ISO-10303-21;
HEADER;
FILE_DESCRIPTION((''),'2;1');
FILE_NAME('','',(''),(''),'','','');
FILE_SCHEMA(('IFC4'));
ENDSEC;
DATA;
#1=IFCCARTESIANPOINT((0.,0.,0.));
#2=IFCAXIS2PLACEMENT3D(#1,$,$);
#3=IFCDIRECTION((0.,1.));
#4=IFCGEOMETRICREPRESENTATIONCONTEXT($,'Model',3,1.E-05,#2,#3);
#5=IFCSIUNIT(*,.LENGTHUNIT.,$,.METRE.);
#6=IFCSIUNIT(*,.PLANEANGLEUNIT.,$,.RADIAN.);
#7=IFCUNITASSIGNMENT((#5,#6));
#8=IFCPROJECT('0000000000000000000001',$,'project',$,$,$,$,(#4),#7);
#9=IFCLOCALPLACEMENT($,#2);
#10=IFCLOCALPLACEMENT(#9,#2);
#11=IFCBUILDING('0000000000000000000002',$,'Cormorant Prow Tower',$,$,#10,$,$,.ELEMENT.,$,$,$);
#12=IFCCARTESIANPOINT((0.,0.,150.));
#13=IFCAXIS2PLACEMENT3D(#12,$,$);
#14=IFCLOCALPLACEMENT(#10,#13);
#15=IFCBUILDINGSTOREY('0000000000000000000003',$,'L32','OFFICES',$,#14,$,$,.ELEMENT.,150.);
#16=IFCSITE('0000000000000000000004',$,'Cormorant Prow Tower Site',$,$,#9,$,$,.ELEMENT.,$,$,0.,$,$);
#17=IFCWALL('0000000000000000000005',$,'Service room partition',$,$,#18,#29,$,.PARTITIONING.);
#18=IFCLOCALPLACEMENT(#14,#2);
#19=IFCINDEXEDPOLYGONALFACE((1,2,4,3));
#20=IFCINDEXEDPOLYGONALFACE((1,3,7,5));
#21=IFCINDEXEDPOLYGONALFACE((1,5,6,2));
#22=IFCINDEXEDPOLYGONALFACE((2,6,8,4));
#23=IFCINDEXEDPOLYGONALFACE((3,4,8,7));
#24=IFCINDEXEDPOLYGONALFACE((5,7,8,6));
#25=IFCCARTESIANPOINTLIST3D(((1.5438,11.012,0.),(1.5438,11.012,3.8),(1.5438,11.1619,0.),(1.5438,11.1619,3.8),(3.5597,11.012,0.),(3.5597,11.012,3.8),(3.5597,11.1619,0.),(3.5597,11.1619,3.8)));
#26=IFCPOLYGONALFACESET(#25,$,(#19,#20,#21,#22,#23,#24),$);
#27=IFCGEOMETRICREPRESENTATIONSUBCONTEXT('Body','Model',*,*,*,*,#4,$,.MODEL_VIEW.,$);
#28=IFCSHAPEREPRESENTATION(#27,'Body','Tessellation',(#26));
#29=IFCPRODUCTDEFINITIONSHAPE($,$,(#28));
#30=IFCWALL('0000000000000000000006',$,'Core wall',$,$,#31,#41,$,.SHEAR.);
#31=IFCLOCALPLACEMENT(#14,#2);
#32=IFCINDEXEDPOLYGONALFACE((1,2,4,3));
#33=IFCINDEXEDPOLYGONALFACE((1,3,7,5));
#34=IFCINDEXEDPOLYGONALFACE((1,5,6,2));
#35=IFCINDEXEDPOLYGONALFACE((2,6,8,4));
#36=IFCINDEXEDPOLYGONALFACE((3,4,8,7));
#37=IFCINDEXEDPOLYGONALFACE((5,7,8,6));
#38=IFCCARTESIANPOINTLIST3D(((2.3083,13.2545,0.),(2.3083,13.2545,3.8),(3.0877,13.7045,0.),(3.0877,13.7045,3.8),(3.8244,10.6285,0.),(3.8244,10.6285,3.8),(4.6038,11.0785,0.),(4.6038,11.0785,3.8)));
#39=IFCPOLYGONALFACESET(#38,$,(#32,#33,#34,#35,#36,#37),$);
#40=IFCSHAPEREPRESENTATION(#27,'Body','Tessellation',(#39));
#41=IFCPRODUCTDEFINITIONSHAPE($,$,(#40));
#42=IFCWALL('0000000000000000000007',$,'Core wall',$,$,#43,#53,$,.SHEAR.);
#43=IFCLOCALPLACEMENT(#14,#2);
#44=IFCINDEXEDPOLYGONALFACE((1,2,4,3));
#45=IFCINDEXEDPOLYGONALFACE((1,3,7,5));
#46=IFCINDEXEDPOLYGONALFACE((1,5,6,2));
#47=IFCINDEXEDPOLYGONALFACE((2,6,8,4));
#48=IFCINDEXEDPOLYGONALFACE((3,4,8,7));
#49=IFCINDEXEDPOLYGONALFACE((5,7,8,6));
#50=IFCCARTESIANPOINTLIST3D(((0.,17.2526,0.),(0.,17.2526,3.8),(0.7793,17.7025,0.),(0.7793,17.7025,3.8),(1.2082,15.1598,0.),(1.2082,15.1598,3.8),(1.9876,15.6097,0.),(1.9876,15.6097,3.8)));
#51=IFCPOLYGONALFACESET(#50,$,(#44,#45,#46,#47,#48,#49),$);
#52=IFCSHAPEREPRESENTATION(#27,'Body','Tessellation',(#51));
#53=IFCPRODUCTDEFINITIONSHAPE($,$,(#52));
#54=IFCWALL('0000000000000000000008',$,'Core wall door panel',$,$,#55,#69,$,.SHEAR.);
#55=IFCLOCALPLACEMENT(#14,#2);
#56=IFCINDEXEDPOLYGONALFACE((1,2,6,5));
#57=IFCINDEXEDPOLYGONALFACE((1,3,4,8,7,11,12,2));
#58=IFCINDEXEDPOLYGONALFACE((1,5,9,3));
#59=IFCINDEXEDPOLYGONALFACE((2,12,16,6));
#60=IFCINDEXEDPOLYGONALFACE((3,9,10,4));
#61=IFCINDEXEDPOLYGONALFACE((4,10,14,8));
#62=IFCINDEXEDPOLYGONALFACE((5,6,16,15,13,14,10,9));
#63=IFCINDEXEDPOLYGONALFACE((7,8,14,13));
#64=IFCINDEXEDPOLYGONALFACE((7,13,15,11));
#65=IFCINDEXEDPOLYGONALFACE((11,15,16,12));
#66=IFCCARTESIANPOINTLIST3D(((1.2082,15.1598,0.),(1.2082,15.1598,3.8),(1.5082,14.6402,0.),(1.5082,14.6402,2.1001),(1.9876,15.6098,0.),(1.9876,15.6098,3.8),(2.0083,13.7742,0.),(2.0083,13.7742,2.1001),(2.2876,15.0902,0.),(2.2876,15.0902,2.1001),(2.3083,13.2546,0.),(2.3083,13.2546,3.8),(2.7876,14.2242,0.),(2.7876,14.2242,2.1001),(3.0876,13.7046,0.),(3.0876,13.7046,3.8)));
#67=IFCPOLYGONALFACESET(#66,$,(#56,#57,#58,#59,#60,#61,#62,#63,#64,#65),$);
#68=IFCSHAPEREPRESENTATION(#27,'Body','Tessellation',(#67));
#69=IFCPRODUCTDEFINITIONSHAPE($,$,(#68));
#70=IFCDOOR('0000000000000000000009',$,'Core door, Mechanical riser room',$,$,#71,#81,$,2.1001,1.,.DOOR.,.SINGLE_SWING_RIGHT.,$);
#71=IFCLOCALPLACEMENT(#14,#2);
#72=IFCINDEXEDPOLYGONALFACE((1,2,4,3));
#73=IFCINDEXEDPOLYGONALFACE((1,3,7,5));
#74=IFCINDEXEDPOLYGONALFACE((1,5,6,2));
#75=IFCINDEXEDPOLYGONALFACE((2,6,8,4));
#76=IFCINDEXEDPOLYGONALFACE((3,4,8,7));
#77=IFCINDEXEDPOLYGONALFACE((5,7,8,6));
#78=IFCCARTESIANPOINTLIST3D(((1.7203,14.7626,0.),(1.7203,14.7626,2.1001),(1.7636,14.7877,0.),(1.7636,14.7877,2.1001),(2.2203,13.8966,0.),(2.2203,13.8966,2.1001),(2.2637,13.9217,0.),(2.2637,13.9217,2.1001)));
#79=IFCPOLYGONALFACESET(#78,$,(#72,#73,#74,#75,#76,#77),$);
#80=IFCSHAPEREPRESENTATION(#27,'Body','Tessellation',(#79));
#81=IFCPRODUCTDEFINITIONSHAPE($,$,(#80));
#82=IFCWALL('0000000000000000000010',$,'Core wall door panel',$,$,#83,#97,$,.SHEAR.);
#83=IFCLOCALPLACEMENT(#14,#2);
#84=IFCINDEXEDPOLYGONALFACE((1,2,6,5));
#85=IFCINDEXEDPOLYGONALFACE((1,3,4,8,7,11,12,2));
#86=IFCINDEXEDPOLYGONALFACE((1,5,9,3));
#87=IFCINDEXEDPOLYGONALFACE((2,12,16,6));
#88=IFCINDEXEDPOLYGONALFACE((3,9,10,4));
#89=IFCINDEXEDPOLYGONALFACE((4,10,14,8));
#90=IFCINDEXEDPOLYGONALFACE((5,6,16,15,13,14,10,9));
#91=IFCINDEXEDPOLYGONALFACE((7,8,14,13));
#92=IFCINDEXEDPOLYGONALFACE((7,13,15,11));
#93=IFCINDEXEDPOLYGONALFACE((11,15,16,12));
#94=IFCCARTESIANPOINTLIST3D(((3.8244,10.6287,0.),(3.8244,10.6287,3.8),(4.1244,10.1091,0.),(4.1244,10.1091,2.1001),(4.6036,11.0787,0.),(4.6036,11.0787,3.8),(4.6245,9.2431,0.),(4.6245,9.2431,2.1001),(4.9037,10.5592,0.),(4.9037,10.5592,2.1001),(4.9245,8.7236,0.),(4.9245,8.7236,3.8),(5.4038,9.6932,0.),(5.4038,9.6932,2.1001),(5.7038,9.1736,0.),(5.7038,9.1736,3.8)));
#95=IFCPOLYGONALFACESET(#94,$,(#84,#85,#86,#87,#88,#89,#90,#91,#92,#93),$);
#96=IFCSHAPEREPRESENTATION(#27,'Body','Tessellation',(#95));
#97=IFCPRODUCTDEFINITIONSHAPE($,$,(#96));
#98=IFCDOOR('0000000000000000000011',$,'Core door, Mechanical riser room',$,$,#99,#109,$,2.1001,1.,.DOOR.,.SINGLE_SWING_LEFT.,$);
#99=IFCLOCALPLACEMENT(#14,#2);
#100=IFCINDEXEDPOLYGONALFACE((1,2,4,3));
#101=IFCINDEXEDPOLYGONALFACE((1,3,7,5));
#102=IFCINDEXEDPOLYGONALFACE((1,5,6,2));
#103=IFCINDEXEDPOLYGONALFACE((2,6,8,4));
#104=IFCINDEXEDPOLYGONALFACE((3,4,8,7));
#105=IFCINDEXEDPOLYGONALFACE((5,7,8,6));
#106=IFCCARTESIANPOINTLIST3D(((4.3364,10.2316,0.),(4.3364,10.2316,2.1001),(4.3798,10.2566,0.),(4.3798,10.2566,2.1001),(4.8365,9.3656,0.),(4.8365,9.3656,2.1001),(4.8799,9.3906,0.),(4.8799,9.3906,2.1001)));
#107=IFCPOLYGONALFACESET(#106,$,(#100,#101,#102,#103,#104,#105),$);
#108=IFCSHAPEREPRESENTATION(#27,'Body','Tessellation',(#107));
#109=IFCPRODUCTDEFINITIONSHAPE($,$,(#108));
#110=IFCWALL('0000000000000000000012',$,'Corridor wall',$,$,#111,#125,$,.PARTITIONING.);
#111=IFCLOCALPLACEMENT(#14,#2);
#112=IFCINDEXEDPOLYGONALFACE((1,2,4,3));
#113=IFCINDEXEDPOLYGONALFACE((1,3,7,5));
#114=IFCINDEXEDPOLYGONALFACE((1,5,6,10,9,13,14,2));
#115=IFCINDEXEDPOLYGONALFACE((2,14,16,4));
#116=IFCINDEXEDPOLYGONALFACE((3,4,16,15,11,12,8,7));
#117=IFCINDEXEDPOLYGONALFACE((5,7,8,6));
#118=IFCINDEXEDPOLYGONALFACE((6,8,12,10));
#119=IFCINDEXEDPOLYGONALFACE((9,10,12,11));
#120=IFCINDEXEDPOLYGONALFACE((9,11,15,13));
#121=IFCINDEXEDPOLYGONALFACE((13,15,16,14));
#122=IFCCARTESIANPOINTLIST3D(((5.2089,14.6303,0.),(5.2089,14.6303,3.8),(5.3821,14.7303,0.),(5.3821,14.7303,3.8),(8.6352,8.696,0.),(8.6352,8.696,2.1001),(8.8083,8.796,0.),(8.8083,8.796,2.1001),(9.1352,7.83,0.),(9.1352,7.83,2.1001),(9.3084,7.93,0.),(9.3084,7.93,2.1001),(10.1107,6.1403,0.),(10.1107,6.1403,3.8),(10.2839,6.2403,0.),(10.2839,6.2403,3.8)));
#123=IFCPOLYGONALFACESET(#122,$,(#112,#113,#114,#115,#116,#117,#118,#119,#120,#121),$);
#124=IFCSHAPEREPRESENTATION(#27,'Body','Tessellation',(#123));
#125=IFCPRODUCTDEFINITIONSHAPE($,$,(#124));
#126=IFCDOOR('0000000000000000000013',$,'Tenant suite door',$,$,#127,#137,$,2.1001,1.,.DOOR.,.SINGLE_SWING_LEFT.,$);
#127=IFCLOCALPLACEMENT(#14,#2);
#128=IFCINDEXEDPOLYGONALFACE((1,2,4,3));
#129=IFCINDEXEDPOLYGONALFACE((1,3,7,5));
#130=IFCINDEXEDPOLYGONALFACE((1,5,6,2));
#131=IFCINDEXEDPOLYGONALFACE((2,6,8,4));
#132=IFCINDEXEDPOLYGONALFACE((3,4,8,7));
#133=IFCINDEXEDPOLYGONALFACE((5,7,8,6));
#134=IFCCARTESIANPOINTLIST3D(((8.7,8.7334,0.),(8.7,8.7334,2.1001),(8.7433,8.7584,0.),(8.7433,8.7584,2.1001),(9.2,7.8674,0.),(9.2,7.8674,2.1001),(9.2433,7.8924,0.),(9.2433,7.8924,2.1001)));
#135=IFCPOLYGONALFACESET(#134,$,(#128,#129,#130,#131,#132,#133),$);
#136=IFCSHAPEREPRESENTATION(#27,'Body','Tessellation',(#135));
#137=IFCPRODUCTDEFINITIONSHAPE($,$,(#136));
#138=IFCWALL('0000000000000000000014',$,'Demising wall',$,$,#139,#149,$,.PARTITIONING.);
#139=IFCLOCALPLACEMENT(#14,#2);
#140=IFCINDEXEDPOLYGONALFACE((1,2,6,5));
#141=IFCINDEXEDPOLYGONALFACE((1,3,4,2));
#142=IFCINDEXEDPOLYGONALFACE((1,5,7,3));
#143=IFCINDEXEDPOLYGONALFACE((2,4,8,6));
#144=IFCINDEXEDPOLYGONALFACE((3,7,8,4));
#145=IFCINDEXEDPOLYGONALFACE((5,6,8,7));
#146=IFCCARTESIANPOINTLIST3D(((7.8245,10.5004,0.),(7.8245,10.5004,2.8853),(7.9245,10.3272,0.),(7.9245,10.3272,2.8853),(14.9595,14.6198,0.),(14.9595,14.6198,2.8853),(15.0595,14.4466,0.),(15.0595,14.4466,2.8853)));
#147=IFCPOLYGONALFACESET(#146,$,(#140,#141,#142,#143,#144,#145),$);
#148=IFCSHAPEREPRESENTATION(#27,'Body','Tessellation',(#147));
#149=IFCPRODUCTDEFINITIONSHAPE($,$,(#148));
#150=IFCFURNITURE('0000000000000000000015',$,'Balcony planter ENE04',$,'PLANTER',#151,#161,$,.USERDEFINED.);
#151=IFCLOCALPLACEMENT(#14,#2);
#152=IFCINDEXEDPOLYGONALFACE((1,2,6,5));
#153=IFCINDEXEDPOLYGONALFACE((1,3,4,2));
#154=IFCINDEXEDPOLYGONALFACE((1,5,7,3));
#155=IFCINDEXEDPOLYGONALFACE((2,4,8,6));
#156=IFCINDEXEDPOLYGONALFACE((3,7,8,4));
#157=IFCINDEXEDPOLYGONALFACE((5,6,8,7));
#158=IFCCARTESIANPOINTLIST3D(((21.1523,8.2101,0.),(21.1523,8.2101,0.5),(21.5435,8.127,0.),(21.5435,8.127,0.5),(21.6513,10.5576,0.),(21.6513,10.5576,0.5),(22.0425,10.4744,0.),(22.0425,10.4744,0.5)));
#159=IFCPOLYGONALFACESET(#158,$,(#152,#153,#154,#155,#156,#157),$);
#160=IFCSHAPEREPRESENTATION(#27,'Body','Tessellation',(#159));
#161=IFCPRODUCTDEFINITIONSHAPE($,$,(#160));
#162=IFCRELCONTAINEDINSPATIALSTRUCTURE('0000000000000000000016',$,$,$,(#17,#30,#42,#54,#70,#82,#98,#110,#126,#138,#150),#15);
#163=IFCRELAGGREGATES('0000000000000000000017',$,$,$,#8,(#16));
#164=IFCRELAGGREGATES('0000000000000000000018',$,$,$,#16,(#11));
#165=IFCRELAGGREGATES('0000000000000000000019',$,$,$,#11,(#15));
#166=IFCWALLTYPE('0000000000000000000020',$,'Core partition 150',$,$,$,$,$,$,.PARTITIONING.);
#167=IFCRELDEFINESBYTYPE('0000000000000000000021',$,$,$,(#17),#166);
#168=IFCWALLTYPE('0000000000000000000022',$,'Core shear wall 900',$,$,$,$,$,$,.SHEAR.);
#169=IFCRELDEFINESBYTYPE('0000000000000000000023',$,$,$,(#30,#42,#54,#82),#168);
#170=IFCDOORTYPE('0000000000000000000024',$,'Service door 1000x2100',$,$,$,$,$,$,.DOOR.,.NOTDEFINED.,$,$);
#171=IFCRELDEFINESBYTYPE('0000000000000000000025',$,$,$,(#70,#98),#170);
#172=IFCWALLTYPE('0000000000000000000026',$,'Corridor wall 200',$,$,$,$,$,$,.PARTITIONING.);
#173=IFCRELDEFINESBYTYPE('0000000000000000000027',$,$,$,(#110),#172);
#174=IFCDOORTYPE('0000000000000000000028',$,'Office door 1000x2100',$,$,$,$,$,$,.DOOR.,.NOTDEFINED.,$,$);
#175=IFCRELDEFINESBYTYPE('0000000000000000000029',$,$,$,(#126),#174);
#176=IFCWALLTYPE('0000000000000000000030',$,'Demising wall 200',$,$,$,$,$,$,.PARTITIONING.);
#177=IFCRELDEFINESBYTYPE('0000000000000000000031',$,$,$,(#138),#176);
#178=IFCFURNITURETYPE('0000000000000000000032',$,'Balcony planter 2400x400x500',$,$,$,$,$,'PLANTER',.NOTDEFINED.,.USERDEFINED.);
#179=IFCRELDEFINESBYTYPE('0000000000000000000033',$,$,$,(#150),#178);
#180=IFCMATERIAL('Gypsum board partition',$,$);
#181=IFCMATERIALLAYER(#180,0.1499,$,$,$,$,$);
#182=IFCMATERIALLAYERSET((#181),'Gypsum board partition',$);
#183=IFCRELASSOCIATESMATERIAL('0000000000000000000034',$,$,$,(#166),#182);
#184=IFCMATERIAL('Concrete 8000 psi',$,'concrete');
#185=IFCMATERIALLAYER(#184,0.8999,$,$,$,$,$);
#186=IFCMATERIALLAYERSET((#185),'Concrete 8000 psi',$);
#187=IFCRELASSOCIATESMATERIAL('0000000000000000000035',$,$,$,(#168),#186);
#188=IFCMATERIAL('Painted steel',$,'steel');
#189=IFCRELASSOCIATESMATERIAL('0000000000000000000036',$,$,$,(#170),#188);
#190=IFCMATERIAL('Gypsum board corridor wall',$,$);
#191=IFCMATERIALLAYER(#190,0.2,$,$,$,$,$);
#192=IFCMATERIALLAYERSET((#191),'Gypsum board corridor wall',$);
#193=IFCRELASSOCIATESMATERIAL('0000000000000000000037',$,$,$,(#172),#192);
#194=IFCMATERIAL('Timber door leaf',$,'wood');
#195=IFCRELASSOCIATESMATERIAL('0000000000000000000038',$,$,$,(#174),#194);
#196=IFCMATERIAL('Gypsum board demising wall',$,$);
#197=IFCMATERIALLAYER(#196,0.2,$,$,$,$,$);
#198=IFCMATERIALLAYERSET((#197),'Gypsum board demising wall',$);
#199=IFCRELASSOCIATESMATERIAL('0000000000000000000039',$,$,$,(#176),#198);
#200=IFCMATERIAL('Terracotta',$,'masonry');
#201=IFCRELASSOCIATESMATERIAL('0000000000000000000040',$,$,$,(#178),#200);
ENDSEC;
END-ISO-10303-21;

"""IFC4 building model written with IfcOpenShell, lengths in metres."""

from ifc_helpers import new_model, si_unit, direction, frame, frame_2d, origin, origin_2d, place, context, subcontext, project, spatial, rectangle, extrude, material, layer, layer_set, type_object, element, fill, save


model = new_model("IFC4")

# Units and contexts
model_context = context("Model", 3, precision=1e-05, world=origin(), true_north=direction((0.0, 1.0)))
body_context = subcontext(model_context, "Body", "Model", "MODEL_VIEW")
ifc_project = project(units=[si_unit("LENGTHUNIT", "METRE"), si_unit("PLANEANGLEUNIT", "RADIAN")], contexts=[model_context])

# Site, building, storey
site_placement = place(None, origin())
site = spatial("IfcSite", under=ifc_project, at=site_placement, Name="Cormorant Prow Tower Site", CompositionType="ELEMENT", RefElevation=0.0)
building_placement = place(site_placement, origin())
building = spatial("IfcBuilding", under=site, at=building_placement, Name="Cormorant Prow Tower", CompositionType="ELEMENT")
storey_placement = place(building_placement, frame((0.0, 0.0, 150.0)))
storey = spatial("IfcBuildingStorey", under=building, at=storey_placement, Name="L32", Description="OFFICES", CompositionType="ELEMENT", Elevation=150.0)

# Walls
ifc_material_1 = material(Name="Gypsum board partition")
ifc_layer_1 = layer(ifc_material_1, 0.1499)
ifc_layer_set_1 = layer_set([ifc_layer_1], Name="Gypsum board partition")
wall_type_1 = type_object("IfcWallType", Name="Core partition 150", PredefinedType="PARTITIONING", material=ifc_layer_set_1)
wall_1_placement = place(storey_placement, frame((1.5439, 11.0869, 0.0), z_axis=(0.0, 0.0, 1.0), x_axis=(1.0, 0.0, 0.0)))
element("IfcWall", 1, at=wall_1_placement, inside=storey, type_object=wall_type_1, Name="Service room partition", PredefinedType="PARTITIONING", context=body_context, shape_type="SweptSolid", body=[
    extrude(rectangle(XDim=2.0159, YDim=0.1499, at=frame_2d((1.0078, 0.0))), origin(), (0.0, 0.0, 1.0), 3.8),
])
ifc_material_2 = material(Name="Concrete 8000 psi", Category="concrete")
ifc_layer_2 = layer(ifc_material_2, 0.8999)
ifc_layer_set_2 = layer_set([ifc_layer_2], Name="Concrete 8000 psi")
wall_type_2 = type_object("IfcWallType", Name="Core shear wall 900", PredefinedType="SHEAR", material=ifc_layer_set_2)
wall_2_placement = place(storey_placement, frame((4.2141, 10.8535, 0.0), z_axis=(0.0, 0.0, 1.0), x_axis=(-0.500001, 0.866025, 0.0)))
element("IfcWall", 2, at=wall_2_placement, inside=storey, type_object=wall_type_2, Name="Core wall", PredefinedType="SHEAR", context=body_context, shape_type="SweptSolid", body=[
    extrude(rectangle(XDim=3.0322, YDim=0.8999, at=frame_2d((1.5161, 0.0))), origin(), (0.0, 0.0, 1.0), 3.8),
])
wall_3_placement = place(storey_placement, frame((1.5979, 15.3848, 0.0), z_axis=(0.0, 0.0, 1.0), x_axis=(-0.499996, 0.866027, 0.0)))
element("IfcWall", 3, at=wall_3_placement, inside=storey, type_object=wall_type_2, Name="Core wall", PredefinedType="SHEAR", context=body_context, shape_type="SweptSolid", body=[
    extrude(rectangle(XDim=2.4165, YDim=0.8999, at=frame_2d((1.2083, 0.0))), origin(), (0.0, 0.0, 1.0), 3.8),
])

# Walls, openings, doors
wall_4_placement = place(storey_placement, frame((2.698, 13.4795, 0.0), z_axis=(0.0, 0.0, 1.0), x_axis=(-0.50003, 0.866008, 0.0)))
wall_4 = element("IfcWall", 4, at=wall_4_placement, inside=storey, type_object=wall_type_2, Name="Core wall door panel", PredefinedType="SHEAR", context=body_context, shape_type="SweptSolid", body=[
    extrude(rectangle(XDim=2.2, YDim=0.8999, at=frame_2d((1.1001, 0.0))), origin(), (0.0, 0.0, 1.0), 3.8),
])
opening_1_placement = place(wall_4_placement, frame((0.6001, 0.0, 0.0)))
opening_1 = element("IfcOpeningElement", 5, at=opening_1_placement, cuts=wall_4, PredefinedType="OPENING", context=body_context, shape_type="SweptSolid", body=[
    extrude(rectangle(XDim=1.0, YDim=2.1001, at=frame_2d((0.5, 1.05))), frame((0.0, 0.46, 0.0), z_axis=(0.0, -1.0, 0.0), x_axis=(1.0, 0.0, 0.0)), (0.0, 0.0, 1.0), 0.9199),
])
ifc_material_3 = material(Name="Painted steel", Category="steel")
door_type_1 = type_object("IfcDoorType", Name="Service door 1000x2100", OperationType="NOTDEFINED", PredefinedType="DOOR", material=ifc_material_3)
door_1_placement = place(opening_1_placement, origin())
door_1 = element("IfcDoor", 6, at=door_1_placement, inside=storey, type_object=door_type_1, Name="Core door, Mechanical riser room", OperationType="SINGLE_SWING_RIGHT", OverallHeight=2.1001, OverallWidth=1.0, PredefinedType="DOOR", context=body_context, shape_type="SweptSolid", body=[
    extrude(rectangle(XDim=1.0, YDim=2.1001, at=frame_2d((0.5, 1.05))), frame((0.0, 0.2051, 0.0), z_axis=(0.0, -1.0, 0.0), x_axis=(1.0, 0.0, 0.0)), (0.0, 0.0, 1.0), 0.05),
])
fill(opening_1, door_1)
wall_5_placement = place(storey_placement, frame((5.3142, 8.9485, 0.0), z_axis=(0.0, 0.0, 1.0), x_axis=(-0.500078, 0.86598, 0.0)))
wall_5 = element("IfcWall", 7, at=wall_5_placement, inside=storey, type_object=wall_type_2, Name="Core wall door panel", PredefinedType="SHEAR", context=body_context, shape_type="SweptSolid", body=[
    extrude(rectangle(XDim=2.2, YDim=0.8999, at=frame_2d((1.1001, 0.0))), origin(), (0.0, 0.0, 1.0), 3.8),
])
opening_2_placement = place(wall_5_placement, frame((0.6001, 0.0, 0.0)))
opening_2 = element("IfcOpeningElement", 8, at=opening_2_placement, cuts=wall_5, PredefinedType="OPENING", context=body_context, shape_type="SweptSolid", body=[
    extrude(rectangle(XDim=1.0, YDim=2.1001, at=frame_2d((0.5, 1.05))), frame((0.0, 0.46, 0.0), z_axis=(0.0, -1.0, 0.0), x_axis=(1.0, 0.0, 0.0)), (0.0, 0.0, 1.0), 0.9199),
])
door_2_placement = place(opening_2_placement, origin())
door_2 = element("IfcDoor", 9, at=door_2_placement, inside=storey, type_object=door_type_1, Name="Core door, Mechanical riser room", OperationType="SINGLE_SWING_LEFT", OverallHeight=2.1001, OverallWidth=1.0, PredefinedType="DOOR", context=body_context, shape_type="SweptSolid", body=[
    extrude(rectangle(XDim=1.0, YDim=2.1001, at=frame_2d((0.5, 1.05))), frame((0.0, 0.2051, 0.0), z_axis=(0.0, -1.0, 0.0), x_axis=(1.0, 0.0, 0.0)), (0.0, 0.0, 1.0), 0.05),
])
fill(opening_2, door_2)
ifc_material_4 = material(Name="Gypsum board corridor wall")
ifc_layer_3 = layer(ifc_material_4, 0.2)
ifc_layer_set_3 = layer_set([ifc_layer_3], Name="Gypsum board corridor wall")
wall_type_3 = type_object("IfcWallType", Name="Corridor wall 200", PredefinedType="PARTITIONING", material=ifc_layer_set_3)
wall_6_placement = place(storey_placement, frame((5.2954, 14.6804, 0.0), z_axis=(0.0, 0.0, 1.0), x_axis=(0.500012, -0.866018, 0.0)))
wall_6 = element("IfcWall", 10, at=wall_6_placement, inside=storey, type_object=wall_type_3, Name="Corridor wall", PredefinedType="PARTITIONING", context=body_context, shape_type="SweptSolid", body=[
    extrude(rectangle(XDim=9.8035, YDim=0.2, at=frame_2d((4.9019, 0.0))), origin(), (0.0, 0.0, 1.0), 3.8),
])
opening_3_placement = place(wall_6_placement, frame((6.8525, 0.0, 0.0)))
opening_3 = element("IfcOpeningElement", 11, at=opening_3_placement, cuts=wall_6, PredefinedType="OPENING", context=body_context, shape_type="SweptSolid", body=[
    extrude(rectangle(XDim=1.0, YDim=2.1001, at=frame_2d((0.5, 1.05))), frame((0.0, 0.1099, 0.0), z_axis=(0.0, -1.0, 0.0), x_axis=(1.0, 0.0, 0.0)), (0.0, 0.0, 1.0), 0.22),
])
ifc_material_5 = material(Name="Timber door leaf", Category="wood")
door_type_2 = type_object("IfcDoorType", Name="Office door 1000x2100", OperationType="NOTDEFINED", PredefinedType="DOOR", material=ifc_material_5)
door_3_placement = place(opening_3_placement, origin())
door_3 = element("IfcDoor", 12, at=door_3_placement, inside=storey, type_object=door_type_2, Name="Tenant suite door", OperationType="SINGLE_SWING_LEFT", OverallHeight=2.1001, OverallWidth=1.0, PredefinedType="DOOR", context=body_context, shape_type="SweptSolid", body=[
    extrude(rectangle(XDim=1.0, YDim=2.1001, at=frame_2d((0.5, 1.05))), frame((0.0, 0.0249, 0.0), z_axis=(0.0, -1.0, 0.0), x_axis=(1.0, 0.0, 0.0)), (0.0, 0.0, 1.0), 0.05),
])
fill(opening_3, door_3)

# Wall
ifc_material_6 = material(Name="Gypsum board demising wall")
ifc_layer_4 = layer(ifc_material_6, 0.2)
ifc_layer_set_4 = layer_set([ifc_layer_4], Name="Gypsum board demising wall")
wall_type_4 = type_object("IfcWallType", Name="Demising wall 200", PredefinedType="PARTITIONING", material=ifc_layer_set_4)
wall_7_placement = place(storey_placement, frame((7.8745, 10.4138, 0.0), z_axis=(0.0, 0.0, 1.0), x_axis=(0.866026, 0.499999, 0.0)))
element("IfcWall", 13, at=wall_7_placement, inside=storey, type_object=wall_type_4, Name="Demising wall", PredefinedType="PARTITIONING", context=body_context, shape_type="SweptSolid", body=[
    extrude(rectangle(XDim=8.2388, YDim=0.2, at=frame_2d((4.1194, 0.0))), origin(), (0.0, 0.0, 1.0), 2.8853),
])

# Furniture
ifc_material_7 = material(Name="Terracotta", Category="masonry")
furniture_type = type_object("IfcFurnitureType", Name="Balcony planter 2400x400x500", ElementType="PLANTER", AssemblyPlace="NOTDEFINED", PredefinedType="USERDEFINED", material=ifc_material_7)
furniture_placement = place(storey_placement, frame((21.5974, 9.3423, 0.0), z_axis=(0.0, 0.0, 1.0), x_axis=(0.207912, 0.978148, 0.0)))
element("IfcFurniture", 14, at=furniture_placement, inside=storey, type_object=furniture_type, Name="Balcony planter ENE04", ObjectType="PLANTER", PredefinedType="USERDEFINED", context=body_context, shape_type="SweptSolid", body=[
    extrude(rectangle(XDim=2.3999, YDim=0.3999, at=origin_2d()), origin(), (0.0, 0.0, 1.0), 0.5),
])

save(model, "model.ifc")
